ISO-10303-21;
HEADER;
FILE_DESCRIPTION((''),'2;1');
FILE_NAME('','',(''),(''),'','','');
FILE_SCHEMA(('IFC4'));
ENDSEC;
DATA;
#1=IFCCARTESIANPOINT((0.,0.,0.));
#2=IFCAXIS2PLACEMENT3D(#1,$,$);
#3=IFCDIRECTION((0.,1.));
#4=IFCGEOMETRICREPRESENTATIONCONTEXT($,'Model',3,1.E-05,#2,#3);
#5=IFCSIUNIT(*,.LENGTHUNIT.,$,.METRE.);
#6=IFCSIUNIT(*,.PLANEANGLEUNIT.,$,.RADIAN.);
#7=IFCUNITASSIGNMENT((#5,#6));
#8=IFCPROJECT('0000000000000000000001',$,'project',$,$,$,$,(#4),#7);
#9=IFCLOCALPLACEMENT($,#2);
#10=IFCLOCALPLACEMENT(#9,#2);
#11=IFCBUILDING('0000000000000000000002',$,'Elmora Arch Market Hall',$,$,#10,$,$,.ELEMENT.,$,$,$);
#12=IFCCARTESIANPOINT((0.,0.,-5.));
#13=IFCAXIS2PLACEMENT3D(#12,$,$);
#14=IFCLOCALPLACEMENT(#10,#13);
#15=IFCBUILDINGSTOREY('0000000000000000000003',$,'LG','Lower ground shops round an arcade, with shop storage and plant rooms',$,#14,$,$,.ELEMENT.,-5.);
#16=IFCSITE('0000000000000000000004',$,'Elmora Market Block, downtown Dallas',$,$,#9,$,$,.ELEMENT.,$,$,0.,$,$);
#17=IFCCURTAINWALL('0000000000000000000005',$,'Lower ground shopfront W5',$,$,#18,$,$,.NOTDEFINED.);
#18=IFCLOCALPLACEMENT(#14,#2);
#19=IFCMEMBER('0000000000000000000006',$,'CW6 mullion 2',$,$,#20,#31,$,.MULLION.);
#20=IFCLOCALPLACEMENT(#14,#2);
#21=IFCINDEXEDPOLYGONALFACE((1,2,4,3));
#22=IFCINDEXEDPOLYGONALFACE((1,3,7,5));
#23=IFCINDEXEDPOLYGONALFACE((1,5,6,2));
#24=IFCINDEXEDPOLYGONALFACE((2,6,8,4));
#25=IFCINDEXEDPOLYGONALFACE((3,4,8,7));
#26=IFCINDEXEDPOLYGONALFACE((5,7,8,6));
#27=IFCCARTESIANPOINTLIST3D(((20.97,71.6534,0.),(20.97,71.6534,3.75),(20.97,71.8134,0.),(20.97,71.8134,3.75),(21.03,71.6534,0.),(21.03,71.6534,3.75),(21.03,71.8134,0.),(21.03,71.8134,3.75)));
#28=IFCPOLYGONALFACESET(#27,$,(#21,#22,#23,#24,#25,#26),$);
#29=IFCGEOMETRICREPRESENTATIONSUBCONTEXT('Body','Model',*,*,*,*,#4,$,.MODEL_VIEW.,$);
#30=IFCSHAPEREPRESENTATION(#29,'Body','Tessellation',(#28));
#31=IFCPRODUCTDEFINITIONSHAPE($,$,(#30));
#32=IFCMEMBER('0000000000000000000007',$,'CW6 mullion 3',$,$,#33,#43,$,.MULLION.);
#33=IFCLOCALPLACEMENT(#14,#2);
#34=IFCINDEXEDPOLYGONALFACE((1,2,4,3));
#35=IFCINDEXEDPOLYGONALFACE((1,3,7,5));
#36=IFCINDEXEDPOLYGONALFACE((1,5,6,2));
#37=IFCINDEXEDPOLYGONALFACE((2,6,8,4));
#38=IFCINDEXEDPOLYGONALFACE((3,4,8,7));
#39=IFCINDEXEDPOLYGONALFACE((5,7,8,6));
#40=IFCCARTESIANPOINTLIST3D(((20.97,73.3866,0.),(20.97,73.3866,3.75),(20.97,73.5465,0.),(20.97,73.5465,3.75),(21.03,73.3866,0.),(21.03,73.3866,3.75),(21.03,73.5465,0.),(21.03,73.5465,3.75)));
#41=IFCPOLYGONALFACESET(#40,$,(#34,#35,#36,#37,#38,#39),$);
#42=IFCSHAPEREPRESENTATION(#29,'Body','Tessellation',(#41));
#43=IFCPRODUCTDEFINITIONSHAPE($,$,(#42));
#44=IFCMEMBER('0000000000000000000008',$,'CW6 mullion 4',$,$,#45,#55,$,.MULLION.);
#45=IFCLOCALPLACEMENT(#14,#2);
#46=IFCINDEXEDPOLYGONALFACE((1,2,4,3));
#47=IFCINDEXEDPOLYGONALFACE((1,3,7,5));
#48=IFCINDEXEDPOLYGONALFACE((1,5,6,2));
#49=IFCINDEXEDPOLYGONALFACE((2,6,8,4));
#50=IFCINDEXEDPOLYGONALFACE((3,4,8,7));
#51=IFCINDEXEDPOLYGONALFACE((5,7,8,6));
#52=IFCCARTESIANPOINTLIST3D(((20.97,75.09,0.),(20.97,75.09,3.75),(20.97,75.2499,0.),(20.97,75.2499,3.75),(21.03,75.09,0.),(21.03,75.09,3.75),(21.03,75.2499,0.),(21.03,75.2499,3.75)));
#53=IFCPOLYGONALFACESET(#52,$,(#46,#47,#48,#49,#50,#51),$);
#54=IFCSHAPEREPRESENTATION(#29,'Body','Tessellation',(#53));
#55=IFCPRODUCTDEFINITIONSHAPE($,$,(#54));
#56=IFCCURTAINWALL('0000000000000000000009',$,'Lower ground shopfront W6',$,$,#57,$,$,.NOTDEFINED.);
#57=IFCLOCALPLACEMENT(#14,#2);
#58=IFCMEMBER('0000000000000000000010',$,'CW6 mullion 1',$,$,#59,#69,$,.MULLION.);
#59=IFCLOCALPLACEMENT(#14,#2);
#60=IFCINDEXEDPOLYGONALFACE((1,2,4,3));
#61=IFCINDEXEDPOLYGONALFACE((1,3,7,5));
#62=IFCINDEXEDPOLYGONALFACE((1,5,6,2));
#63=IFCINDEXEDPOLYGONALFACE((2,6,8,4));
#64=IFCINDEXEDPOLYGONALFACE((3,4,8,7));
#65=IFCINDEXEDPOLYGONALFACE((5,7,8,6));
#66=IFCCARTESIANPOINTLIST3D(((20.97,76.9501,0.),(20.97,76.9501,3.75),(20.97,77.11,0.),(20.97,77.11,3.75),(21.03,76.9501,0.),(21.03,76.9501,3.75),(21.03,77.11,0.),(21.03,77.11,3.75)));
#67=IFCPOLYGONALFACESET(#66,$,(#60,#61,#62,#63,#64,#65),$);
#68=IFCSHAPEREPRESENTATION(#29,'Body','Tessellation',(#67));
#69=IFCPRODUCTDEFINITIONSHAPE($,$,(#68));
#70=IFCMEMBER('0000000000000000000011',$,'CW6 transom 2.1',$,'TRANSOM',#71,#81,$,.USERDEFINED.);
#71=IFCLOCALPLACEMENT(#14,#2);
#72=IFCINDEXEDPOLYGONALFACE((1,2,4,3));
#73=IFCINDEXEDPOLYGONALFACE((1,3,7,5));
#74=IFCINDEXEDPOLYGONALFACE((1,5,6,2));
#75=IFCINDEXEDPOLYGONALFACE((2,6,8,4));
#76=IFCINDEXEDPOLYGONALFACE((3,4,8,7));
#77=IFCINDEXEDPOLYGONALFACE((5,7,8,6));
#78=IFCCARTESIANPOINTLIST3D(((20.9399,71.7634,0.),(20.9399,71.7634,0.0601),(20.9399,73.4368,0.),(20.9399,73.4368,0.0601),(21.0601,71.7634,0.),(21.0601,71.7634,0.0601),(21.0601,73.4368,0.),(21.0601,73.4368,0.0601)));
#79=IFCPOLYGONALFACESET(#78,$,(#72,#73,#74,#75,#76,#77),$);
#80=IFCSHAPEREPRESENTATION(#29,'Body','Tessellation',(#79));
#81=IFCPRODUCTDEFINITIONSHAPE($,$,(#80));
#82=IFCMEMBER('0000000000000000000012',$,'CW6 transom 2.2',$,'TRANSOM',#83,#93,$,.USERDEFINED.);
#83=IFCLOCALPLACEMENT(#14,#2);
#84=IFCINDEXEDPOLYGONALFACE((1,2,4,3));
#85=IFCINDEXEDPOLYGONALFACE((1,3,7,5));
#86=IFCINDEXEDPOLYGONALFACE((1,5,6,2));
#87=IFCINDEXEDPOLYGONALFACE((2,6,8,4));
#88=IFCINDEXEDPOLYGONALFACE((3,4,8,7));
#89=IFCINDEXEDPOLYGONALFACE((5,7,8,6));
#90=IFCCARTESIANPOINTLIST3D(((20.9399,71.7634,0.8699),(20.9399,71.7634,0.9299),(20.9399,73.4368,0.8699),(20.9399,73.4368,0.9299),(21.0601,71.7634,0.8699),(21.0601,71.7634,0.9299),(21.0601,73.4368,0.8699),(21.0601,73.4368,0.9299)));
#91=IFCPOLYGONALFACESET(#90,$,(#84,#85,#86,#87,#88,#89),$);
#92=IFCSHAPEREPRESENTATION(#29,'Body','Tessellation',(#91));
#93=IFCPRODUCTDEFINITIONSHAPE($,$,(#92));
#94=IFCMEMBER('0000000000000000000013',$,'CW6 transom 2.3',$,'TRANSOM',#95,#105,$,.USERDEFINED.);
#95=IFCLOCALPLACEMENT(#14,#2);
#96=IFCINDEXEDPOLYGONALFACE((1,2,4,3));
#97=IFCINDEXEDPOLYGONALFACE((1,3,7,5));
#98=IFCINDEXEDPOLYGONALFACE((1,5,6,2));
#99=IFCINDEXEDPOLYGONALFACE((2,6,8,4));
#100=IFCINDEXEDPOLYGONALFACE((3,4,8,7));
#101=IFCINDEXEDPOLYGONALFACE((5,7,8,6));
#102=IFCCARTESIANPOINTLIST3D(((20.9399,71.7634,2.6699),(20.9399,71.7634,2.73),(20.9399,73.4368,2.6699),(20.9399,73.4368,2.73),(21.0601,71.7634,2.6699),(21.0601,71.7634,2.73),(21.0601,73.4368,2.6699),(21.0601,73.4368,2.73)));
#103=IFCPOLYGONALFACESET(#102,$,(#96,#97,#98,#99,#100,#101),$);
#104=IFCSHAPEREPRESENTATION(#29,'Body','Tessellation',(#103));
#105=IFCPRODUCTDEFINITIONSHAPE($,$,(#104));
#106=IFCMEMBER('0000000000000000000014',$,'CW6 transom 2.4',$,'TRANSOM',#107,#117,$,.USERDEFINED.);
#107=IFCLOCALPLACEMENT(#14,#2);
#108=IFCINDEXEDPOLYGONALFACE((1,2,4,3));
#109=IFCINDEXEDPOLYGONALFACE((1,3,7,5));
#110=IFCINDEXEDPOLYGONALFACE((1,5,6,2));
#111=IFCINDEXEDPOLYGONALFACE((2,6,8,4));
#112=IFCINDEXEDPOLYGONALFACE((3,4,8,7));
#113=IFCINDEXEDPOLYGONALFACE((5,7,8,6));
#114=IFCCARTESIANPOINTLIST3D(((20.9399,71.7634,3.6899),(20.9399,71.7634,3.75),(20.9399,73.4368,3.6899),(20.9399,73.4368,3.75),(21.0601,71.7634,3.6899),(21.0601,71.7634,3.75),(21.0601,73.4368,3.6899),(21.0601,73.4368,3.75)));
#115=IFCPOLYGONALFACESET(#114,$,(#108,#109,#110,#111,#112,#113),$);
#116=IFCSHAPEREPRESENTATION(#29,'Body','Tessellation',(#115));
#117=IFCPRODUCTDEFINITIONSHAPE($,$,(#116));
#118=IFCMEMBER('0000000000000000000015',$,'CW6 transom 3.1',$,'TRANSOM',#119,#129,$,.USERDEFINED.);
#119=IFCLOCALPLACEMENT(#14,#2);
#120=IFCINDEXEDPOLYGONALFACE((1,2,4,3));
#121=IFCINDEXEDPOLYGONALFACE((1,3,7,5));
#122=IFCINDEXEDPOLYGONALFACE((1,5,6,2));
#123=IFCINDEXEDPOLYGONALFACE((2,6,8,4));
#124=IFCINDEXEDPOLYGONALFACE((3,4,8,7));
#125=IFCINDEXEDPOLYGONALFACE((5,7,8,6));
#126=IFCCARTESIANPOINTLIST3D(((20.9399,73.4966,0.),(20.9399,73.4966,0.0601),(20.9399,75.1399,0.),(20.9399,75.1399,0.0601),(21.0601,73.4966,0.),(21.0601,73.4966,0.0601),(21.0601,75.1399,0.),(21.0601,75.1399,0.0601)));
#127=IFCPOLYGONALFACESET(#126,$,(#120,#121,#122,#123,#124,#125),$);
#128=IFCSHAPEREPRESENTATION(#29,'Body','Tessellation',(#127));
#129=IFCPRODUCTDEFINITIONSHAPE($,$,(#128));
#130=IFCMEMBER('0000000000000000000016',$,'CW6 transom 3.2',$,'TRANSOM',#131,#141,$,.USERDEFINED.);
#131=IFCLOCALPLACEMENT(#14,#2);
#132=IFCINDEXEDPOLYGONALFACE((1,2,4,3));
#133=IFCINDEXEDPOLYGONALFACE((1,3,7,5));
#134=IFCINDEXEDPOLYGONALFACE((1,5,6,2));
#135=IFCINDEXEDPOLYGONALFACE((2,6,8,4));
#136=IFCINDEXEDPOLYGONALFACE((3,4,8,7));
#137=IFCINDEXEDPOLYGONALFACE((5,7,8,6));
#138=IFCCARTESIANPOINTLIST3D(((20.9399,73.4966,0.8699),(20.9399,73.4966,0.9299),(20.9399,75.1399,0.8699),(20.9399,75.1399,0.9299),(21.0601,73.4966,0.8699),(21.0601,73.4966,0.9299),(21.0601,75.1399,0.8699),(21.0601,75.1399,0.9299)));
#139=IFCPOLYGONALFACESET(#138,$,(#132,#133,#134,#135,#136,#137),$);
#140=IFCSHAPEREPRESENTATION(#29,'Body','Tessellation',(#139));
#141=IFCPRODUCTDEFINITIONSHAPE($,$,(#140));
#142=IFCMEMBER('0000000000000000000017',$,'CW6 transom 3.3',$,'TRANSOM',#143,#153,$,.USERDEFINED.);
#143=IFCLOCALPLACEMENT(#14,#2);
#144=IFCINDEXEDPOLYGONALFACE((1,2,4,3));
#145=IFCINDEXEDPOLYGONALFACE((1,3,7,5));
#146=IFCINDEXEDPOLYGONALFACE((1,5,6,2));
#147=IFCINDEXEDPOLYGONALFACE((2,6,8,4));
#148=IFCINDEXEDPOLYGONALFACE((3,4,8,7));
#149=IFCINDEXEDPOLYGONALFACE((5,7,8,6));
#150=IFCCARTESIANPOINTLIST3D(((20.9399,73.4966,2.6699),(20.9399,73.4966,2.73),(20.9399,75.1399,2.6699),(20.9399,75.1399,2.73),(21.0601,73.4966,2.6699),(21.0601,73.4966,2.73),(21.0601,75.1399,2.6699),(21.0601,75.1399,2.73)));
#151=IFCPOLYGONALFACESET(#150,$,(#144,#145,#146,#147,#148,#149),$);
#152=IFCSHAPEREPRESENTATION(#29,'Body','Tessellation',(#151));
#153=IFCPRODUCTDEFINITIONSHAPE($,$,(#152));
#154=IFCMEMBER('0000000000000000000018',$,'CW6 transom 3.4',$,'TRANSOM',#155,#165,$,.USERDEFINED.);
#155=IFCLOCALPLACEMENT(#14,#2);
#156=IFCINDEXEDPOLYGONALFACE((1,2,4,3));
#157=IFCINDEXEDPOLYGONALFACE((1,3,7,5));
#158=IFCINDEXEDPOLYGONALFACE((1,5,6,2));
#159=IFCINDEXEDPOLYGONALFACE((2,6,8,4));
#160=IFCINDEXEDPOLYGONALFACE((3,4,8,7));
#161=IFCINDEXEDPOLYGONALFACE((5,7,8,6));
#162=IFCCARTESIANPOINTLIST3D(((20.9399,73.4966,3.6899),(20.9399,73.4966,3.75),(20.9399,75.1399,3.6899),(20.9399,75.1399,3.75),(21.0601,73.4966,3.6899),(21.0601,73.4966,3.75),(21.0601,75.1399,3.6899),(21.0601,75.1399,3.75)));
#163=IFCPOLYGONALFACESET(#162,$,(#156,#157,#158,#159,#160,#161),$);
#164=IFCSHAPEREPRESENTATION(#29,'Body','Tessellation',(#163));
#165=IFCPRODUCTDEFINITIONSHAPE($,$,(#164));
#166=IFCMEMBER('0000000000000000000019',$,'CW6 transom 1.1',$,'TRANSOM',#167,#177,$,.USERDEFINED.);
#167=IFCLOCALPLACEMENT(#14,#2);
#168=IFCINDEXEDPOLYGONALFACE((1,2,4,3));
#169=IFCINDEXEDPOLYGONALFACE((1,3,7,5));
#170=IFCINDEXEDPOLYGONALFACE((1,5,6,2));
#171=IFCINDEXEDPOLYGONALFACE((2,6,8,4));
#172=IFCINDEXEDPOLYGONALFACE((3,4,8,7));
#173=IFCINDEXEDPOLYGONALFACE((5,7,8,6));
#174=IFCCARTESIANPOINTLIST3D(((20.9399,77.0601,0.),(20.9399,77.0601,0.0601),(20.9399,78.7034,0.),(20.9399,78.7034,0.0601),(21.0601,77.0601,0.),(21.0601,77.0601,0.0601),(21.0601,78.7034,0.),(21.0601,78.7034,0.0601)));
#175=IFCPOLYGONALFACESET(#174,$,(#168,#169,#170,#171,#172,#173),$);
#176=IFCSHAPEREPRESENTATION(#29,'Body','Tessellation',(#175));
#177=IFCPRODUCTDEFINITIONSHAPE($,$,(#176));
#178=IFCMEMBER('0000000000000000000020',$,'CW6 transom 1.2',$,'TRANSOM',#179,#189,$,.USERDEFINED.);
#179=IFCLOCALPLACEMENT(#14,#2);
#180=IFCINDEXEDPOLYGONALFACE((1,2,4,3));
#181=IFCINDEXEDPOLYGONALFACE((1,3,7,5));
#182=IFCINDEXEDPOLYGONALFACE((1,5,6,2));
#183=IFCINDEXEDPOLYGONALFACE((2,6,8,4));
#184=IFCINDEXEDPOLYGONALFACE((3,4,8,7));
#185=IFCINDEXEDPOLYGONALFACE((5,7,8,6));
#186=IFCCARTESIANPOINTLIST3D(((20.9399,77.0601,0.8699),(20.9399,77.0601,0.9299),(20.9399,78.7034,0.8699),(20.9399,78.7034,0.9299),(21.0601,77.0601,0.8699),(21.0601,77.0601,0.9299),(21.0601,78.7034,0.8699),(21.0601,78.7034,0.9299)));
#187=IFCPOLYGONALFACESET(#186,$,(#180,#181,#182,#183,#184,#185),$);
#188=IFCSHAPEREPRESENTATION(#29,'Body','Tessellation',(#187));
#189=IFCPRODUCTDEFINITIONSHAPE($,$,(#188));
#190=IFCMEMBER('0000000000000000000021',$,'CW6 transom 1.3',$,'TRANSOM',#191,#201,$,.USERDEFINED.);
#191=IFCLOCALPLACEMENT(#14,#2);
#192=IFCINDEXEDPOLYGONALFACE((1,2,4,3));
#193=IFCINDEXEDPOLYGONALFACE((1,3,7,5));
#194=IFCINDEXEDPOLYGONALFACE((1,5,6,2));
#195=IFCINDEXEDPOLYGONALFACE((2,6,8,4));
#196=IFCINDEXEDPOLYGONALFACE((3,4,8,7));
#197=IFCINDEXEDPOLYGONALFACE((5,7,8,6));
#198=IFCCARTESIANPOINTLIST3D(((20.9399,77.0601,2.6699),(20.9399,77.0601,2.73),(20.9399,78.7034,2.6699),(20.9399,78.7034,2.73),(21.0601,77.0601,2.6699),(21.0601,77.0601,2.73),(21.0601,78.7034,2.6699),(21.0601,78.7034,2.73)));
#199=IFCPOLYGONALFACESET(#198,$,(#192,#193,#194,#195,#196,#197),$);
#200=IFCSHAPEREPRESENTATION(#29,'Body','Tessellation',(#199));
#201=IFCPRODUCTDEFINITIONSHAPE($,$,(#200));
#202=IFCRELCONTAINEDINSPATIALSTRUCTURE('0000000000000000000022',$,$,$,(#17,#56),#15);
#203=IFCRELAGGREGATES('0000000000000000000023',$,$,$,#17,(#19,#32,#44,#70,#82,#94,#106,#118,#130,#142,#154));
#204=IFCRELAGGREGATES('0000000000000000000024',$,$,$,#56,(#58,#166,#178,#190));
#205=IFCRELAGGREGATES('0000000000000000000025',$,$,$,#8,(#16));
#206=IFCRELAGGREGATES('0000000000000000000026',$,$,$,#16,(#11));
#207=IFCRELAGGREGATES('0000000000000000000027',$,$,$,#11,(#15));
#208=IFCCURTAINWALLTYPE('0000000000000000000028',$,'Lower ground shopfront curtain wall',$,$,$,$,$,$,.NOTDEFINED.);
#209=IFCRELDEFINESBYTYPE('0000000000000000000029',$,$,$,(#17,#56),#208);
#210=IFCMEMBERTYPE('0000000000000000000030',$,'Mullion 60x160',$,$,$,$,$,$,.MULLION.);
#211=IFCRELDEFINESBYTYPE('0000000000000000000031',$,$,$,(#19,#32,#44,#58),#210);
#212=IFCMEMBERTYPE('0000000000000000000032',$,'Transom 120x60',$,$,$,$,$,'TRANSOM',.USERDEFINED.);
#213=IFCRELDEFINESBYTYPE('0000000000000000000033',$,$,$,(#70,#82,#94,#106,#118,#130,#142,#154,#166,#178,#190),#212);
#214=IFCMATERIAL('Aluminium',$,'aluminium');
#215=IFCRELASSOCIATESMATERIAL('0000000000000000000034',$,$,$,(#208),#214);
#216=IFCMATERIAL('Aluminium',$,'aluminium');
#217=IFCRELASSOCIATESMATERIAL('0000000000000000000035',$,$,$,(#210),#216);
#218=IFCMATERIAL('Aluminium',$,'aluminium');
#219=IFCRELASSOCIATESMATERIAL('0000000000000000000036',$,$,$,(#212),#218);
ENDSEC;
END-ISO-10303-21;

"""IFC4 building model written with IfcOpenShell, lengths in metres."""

from ifc_helpers import new_model, si_unit, direction, frame, origin, origin_2d, place, context, subcontext, project, spatial, rectangle, extrude, material, material_profile, profile_set, type_object, element, aggregate, save


model = new_model("IFC4")

# Units and contexts
model_context = context("Model", 3, precision=1e-05, world=origin(), true_north=direction((0.0, 1.0)))
body_context = subcontext(model_context, "Body", "Model", "MODEL_VIEW")
ifc_project = project(units=[si_unit("LENGTHUNIT", "METRE"), si_unit("PLANEANGLEUNIT", "RADIAN")], contexts=[model_context])

# Site, building, storey
site_placement = place(None, origin())
site = spatial("IfcSite", under=ifc_project, at=site_placement, Name="Elmora Market Block, downtown Dallas", CompositionType="ELEMENT", RefElevation=0.0)
building_placement = place(site_placement, origin())
building = spatial("IfcBuilding", under=site, at=building_placement, Name="Elmora Arch Market Hall", CompositionType="ELEMENT")
storey_placement = place(building_placement, frame((0.0, 0.0, -5.0)))
storey = spatial("IfcBuildingStorey", under=building, at=storey_placement, Name="LG", Description="Lower ground shops round an arcade, with shop storage and plant rooms", CompositionType="ELEMENT", Elevation=-5.0)

# Curtain wall, members
ifc_material_1 = material(Name="Aluminium", Category="aluminium")
curtain_wall_type = type_object("IfcCurtainWallType", Name="Lower ground shopfront curtain wall", PredefinedType="NOTDEFINED", material=ifc_material_1)
curtain_wall_1_placement = place(storey_placement, origin())
curtain_wall_1 = element("IfcCurtainWall", 1, at=curtain_wall_1_placement, inside=storey, type_object=curtain_wall_type, Name="Lower ground shopfront W5", PredefinedType="NOTDEFINED")
ifc_material_2 = material(Name="Aluminium", Category="aluminium")
ifc_material_profile_1 = material_profile(ifc_material_2, rectangle(XDim=0.0601, YDim=0.1599, at=origin_2d()), Name="AL 60x160")
ifc_profile_set_1 = profile_set([ifc_material_profile_1], Name="Aluminium")
member_type_1 = type_object("IfcMemberType", Name="Mullion 60x160", PredefinedType="MULLION", material=ifc_profile_set_1)
member_1_placement = place(storey_placement, frame((21.0, 71.7334, 0.0), z_axis=(0.0, 0.0, 1.0), x_axis=(-1.0, 0.0, 0.0)))
member_1 = element("IfcMember", 2, at=member_1_placement, type_object=member_type_1, Name="CW6 mullion 2", PredefinedType="MULLION", context=body_context, shape_type="SweptSolid", body=[
    extrude(rectangle(XDim=0.0601, YDim=0.1599, at=origin_2d()), origin(), (0.0, 0.0, 1.0), 3.75),
])
member_2_placement = place(storey_placement, frame((21.0, 73.4666, 0.0), z_axis=(0.0, 0.0, 1.0), x_axis=(-1.0, 0.0, 0.0)))
member_2 = element("IfcMember", 3, at=member_2_placement, type_object=member_type_1, Name="CW6 mullion 3", PredefinedType="MULLION", context=body_context, shape_type="SweptSolid", body=[
    extrude(rectangle(XDim=0.0601, YDim=0.1599, at=origin_2d()), origin(), (0.0, 0.0, 1.0), 3.75),
])
member_3_placement = place(storey_placement, frame((21.0, 75.1699, 0.0), z_axis=(0.0, 0.0, 1.0), x_axis=(-1.0, 0.0, 0.0)))
member_3 = element("IfcMember", 4, at=member_3_placement, type_object=member_type_1, Name="CW6 mullion 4", PredefinedType="MULLION", context=body_context, shape_type="SweptSolid", body=[
    extrude(rectangle(XDim=0.0601, YDim=0.1599, at=origin_2d()), origin(), (0.0, 0.0, 1.0), 3.75),
])

# Curtain wall, member
curtain_wall_2_placement = place(storey_placement, origin())
curtain_wall_2 = element("IfcCurtainWall", 5, at=curtain_wall_2_placement, inside=storey, type_object=curtain_wall_type, Name="Lower ground shopfront W6", PredefinedType="NOTDEFINED")
member_4_placement = place(storey_placement, frame((21.0, 77.03, 0.0), z_axis=(0.0, 0.0, 1.0), x_axis=(-1.0, 0.0, 0.0)))
member_4 = element("IfcMember", 6, at=member_4_placement, type_object=member_type_1, Name="CW6 mullion 1", PredefinedType="MULLION", context=body_context, shape_type="SweptSolid", body=[
    extrude(rectangle(XDim=0.0601, YDim=0.1599, at=origin_2d()), origin(), (0.0, 0.0, 1.0), 3.75),
])

# Members
ifc_material_3 = material(Name="Aluminium", Category="aluminium")
ifc_material_profile_2 = material_profile(ifc_material_3, rectangle(XDim=0.1201, YDim=0.0601, at=origin_2d()), Name="AL 120x60")
ifc_profile_set_2 = profile_set([ifc_material_profile_2], Name="Aluminium")
member_type_2 = type_object("IfcMemberType", Name="Transom 120x60", ElementType="TRANSOM", PredefinedType="USERDEFINED", material=ifc_profile_set_2)
member_5_placement = place(storey_placement, frame((21.0, 71.7634, 0.03), z_axis=(0.0, 1.0, 0.0), x_axis=(-1.0, 0.0, 0.0)))
member_5 = element("IfcMember", 7, at=member_5_placement, type_object=member_type_2, Name="CW6 transom 2.1", ObjectType="TRANSOM", PredefinedType="USERDEFINED", context=body_context, shape_type="SweptSolid", body=[
    extrude(rectangle(XDim=0.1201, YDim=0.0601, at=origin_2d()), origin(), (0.0, 0.0, 1.0), 1.6733),
])
member_6_placement = place(storey_placement, frame((21.0, 71.7634, 0.8999), z_axis=(0.0, 1.0, 0.0), x_axis=(-1.0, 0.0, 0.0)))
member_6 = element("IfcMember", 8, at=member_6_placement, type_object=member_type_2, Name="CW6 transom 2.2", ObjectType="TRANSOM", PredefinedType="USERDEFINED", context=body_context, shape_type="SweptSolid", body=[
    extrude(rectangle(XDim=0.1201, YDim=0.0601, at=origin_2d()), origin(), (0.0, 0.0, 1.0), 1.6733),
])
member_7_placement = place(storey_placement, frame((21.0, 71.7634, 2.7), z_axis=(0.0, 1.0, 0.0), x_axis=(-1.0, 0.0, 0.0)))
member_7 = element("IfcMember", 9, at=member_7_placement, type_object=member_type_2, Name="CW6 transom 2.3", ObjectType="TRANSOM", PredefinedType="USERDEFINED", context=body_context, shape_type="SweptSolid", body=[
    extrude(rectangle(XDim=0.1201, YDim=0.0601, at=origin_2d()), origin(), (0.0, 0.0, 1.0), 1.6733),
])
member_8_placement = place(storey_placement, frame((21.0, 71.7634, 3.72), z_axis=(0.0, 1.0, 0.0), x_axis=(-1.0, 0.0, 0.0)))
member_8 = element("IfcMember", 10, at=member_8_placement, type_object=member_type_2, Name="CW6 transom 2.4", ObjectType="TRANSOM", PredefinedType="USERDEFINED", context=body_context, shape_type="SweptSolid", body=[
    extrude(rectangle(XDim=0.1201, YDim=0.0601, at=origin_2d()), origin(), (0.0, 0.0, 1.0), 1.6733),
])
member_9_placement = place(storey_placement, frame((21.0, 73.4966, 0.03), z_axis=(0.0, 1.0, 0.0), x_axis=(-1.0, 0.0, 0.0)))
member_9 = element("IfcMember", 11, at=member_9_placement, type_object=member_type_2, Name="CW6 transom 3.1", ObjectType="TRANSOM", PredefinedType="USERDEFINED", context=body_context, shape_type="SweptSolid", body=[
    extrude(rectangle(XDim=0.1201, YDim=0.0601, at=origin_2d()), origin(), (0.0, 0.0, 1.0), 1.6433),
])
member_10_placement = place(storey_placement, frame((21.0, 73.4966, 0.8999), z_axis=(0.0, 1.0, 0.0), x_axis=(-1.0, 0.0, 0.0)))
member_10 = element("IfcMember", 12, at=member_10_placement, type_object=member_type_2, Name="CW6 transom 3.2", ObjectType="TRANSOM", PredefinedType="USERDEFINED", context=body_context, shape_type="SweptSolid", body=[
    extrude(rectangle(XDim=0.1201, YDim=0.0601, at=origin_2d()), origin(), (0.0, 0.0, 1.0), 1.6433),
])
member_11_placement = place(storey_placement, frame((21.0, 73.4966, 2.7), z_axis=(0.0, 1.0, 0.0), x_axis=(-1.0, 0.0, 0.0)))
member_11 = element("IfcMember", 13, at=member_11_placement, type_object=member_type_2, Name="CW6 transom 3.3", ObjectType="TRANSOM", PredefinedType="USERDEFINED", context=body_context, shape_type="SweptSolid", body=[
    extrude(rectangle(XDim=0.1201, YDim=0.0601, at=origin_2d()), origin(), (0.0, 0.0, 1.0), 1.6433),
])
member_12_placement = place(storey_placement, frame((21.0, 73.4966, 3.72), z_axis=(0.0, 1.0, 0.0), x_axis=(-1.0, 0.0, 0.0)))
member_12 = element("IfcMember", 14, at=member_12_placement, type_object=member_type_2, Name="CW6 transom 3.4", ObjectType="TRANSOM", PredefinedType="USERDEFINED", context=body_context, shape_type="SweptSolid", body=[
    extrude(rectangle(XDim=0.1201, YDim=0.0601, at=origin_2d()), origin(), (0.0, 0.0, 1.0), 1.6433),
])
member_13_placement = place(storey_placement, frame((21.0, 77.0601, 0.03), z_axis=(0.0, 1.0, 0.0), x_axis=(-1.0, 0.0, 0.0)))
member_13 = element("IfcMember", 15, at=member_13_placement, type_object=member_type_2, Name="CW6 transom 1.1", ObjectType="TRANSOM", PredefinedType="USERDEFINED", context=body_context, shape_type="SweptSolid", body=[
    extrude(rectangle(XDim=0.1201, YDim=0.0601, at=origin_2d()), origin(), (0.0, 0.0, 1.0), 1.6433),
])
member_14_placement = place(storey_placement, frame((21.0, 77.0601, 0.8999), z_axis=(0.0, 1.0, 0.0), x_axis=(-1.0, 0.0, 0.0)))
member_14 = element("IfcMember", 16, at=member_14_placement, type_object=member_type_2, Name="CW6 transom 1.2", ObjectType="TRANSOM", PredefinedType="USERDEFINED", context=body_context, shape_type="SweptSolid", body=[
    extrude(rectangle(XDim=0.1201, YDim=0.0601, at=origin_2d()), origin(), (0.0, 0.0, 1.0), 1.6433),
])
member_15_placement = place(storey_placement, frame((21.0, 77.0601, 2.7), z_axis=(0.0, 1.0, 0.0), x_axis=(-1.0, 0.0, 0.0)))
member_15 = element("IfcMember", 17, at=member_15_placement, type_object=member_type_2, Name="CW6 transom 1.3", ObjectType="TRANSOM", PredefinedType="USERDEFINED", context=body_context, shape_type="SweptSolid", body=[
    extrude(rectangle(XDim=0.1201, YDim=0.0601, at=origin_2d()), origin(), (0.0, 0.0, 1.0), 1.6433),
])

aggregate(curtain_wall_1, [member_1, member_2, member_3, member_5, member_6, member_7, member_8, member_9, member_10, member_11, member_12])
aggregate(curtain_wall_2, [member_4, member_13, member_14, member_15])

save(model, "model.ifc")
